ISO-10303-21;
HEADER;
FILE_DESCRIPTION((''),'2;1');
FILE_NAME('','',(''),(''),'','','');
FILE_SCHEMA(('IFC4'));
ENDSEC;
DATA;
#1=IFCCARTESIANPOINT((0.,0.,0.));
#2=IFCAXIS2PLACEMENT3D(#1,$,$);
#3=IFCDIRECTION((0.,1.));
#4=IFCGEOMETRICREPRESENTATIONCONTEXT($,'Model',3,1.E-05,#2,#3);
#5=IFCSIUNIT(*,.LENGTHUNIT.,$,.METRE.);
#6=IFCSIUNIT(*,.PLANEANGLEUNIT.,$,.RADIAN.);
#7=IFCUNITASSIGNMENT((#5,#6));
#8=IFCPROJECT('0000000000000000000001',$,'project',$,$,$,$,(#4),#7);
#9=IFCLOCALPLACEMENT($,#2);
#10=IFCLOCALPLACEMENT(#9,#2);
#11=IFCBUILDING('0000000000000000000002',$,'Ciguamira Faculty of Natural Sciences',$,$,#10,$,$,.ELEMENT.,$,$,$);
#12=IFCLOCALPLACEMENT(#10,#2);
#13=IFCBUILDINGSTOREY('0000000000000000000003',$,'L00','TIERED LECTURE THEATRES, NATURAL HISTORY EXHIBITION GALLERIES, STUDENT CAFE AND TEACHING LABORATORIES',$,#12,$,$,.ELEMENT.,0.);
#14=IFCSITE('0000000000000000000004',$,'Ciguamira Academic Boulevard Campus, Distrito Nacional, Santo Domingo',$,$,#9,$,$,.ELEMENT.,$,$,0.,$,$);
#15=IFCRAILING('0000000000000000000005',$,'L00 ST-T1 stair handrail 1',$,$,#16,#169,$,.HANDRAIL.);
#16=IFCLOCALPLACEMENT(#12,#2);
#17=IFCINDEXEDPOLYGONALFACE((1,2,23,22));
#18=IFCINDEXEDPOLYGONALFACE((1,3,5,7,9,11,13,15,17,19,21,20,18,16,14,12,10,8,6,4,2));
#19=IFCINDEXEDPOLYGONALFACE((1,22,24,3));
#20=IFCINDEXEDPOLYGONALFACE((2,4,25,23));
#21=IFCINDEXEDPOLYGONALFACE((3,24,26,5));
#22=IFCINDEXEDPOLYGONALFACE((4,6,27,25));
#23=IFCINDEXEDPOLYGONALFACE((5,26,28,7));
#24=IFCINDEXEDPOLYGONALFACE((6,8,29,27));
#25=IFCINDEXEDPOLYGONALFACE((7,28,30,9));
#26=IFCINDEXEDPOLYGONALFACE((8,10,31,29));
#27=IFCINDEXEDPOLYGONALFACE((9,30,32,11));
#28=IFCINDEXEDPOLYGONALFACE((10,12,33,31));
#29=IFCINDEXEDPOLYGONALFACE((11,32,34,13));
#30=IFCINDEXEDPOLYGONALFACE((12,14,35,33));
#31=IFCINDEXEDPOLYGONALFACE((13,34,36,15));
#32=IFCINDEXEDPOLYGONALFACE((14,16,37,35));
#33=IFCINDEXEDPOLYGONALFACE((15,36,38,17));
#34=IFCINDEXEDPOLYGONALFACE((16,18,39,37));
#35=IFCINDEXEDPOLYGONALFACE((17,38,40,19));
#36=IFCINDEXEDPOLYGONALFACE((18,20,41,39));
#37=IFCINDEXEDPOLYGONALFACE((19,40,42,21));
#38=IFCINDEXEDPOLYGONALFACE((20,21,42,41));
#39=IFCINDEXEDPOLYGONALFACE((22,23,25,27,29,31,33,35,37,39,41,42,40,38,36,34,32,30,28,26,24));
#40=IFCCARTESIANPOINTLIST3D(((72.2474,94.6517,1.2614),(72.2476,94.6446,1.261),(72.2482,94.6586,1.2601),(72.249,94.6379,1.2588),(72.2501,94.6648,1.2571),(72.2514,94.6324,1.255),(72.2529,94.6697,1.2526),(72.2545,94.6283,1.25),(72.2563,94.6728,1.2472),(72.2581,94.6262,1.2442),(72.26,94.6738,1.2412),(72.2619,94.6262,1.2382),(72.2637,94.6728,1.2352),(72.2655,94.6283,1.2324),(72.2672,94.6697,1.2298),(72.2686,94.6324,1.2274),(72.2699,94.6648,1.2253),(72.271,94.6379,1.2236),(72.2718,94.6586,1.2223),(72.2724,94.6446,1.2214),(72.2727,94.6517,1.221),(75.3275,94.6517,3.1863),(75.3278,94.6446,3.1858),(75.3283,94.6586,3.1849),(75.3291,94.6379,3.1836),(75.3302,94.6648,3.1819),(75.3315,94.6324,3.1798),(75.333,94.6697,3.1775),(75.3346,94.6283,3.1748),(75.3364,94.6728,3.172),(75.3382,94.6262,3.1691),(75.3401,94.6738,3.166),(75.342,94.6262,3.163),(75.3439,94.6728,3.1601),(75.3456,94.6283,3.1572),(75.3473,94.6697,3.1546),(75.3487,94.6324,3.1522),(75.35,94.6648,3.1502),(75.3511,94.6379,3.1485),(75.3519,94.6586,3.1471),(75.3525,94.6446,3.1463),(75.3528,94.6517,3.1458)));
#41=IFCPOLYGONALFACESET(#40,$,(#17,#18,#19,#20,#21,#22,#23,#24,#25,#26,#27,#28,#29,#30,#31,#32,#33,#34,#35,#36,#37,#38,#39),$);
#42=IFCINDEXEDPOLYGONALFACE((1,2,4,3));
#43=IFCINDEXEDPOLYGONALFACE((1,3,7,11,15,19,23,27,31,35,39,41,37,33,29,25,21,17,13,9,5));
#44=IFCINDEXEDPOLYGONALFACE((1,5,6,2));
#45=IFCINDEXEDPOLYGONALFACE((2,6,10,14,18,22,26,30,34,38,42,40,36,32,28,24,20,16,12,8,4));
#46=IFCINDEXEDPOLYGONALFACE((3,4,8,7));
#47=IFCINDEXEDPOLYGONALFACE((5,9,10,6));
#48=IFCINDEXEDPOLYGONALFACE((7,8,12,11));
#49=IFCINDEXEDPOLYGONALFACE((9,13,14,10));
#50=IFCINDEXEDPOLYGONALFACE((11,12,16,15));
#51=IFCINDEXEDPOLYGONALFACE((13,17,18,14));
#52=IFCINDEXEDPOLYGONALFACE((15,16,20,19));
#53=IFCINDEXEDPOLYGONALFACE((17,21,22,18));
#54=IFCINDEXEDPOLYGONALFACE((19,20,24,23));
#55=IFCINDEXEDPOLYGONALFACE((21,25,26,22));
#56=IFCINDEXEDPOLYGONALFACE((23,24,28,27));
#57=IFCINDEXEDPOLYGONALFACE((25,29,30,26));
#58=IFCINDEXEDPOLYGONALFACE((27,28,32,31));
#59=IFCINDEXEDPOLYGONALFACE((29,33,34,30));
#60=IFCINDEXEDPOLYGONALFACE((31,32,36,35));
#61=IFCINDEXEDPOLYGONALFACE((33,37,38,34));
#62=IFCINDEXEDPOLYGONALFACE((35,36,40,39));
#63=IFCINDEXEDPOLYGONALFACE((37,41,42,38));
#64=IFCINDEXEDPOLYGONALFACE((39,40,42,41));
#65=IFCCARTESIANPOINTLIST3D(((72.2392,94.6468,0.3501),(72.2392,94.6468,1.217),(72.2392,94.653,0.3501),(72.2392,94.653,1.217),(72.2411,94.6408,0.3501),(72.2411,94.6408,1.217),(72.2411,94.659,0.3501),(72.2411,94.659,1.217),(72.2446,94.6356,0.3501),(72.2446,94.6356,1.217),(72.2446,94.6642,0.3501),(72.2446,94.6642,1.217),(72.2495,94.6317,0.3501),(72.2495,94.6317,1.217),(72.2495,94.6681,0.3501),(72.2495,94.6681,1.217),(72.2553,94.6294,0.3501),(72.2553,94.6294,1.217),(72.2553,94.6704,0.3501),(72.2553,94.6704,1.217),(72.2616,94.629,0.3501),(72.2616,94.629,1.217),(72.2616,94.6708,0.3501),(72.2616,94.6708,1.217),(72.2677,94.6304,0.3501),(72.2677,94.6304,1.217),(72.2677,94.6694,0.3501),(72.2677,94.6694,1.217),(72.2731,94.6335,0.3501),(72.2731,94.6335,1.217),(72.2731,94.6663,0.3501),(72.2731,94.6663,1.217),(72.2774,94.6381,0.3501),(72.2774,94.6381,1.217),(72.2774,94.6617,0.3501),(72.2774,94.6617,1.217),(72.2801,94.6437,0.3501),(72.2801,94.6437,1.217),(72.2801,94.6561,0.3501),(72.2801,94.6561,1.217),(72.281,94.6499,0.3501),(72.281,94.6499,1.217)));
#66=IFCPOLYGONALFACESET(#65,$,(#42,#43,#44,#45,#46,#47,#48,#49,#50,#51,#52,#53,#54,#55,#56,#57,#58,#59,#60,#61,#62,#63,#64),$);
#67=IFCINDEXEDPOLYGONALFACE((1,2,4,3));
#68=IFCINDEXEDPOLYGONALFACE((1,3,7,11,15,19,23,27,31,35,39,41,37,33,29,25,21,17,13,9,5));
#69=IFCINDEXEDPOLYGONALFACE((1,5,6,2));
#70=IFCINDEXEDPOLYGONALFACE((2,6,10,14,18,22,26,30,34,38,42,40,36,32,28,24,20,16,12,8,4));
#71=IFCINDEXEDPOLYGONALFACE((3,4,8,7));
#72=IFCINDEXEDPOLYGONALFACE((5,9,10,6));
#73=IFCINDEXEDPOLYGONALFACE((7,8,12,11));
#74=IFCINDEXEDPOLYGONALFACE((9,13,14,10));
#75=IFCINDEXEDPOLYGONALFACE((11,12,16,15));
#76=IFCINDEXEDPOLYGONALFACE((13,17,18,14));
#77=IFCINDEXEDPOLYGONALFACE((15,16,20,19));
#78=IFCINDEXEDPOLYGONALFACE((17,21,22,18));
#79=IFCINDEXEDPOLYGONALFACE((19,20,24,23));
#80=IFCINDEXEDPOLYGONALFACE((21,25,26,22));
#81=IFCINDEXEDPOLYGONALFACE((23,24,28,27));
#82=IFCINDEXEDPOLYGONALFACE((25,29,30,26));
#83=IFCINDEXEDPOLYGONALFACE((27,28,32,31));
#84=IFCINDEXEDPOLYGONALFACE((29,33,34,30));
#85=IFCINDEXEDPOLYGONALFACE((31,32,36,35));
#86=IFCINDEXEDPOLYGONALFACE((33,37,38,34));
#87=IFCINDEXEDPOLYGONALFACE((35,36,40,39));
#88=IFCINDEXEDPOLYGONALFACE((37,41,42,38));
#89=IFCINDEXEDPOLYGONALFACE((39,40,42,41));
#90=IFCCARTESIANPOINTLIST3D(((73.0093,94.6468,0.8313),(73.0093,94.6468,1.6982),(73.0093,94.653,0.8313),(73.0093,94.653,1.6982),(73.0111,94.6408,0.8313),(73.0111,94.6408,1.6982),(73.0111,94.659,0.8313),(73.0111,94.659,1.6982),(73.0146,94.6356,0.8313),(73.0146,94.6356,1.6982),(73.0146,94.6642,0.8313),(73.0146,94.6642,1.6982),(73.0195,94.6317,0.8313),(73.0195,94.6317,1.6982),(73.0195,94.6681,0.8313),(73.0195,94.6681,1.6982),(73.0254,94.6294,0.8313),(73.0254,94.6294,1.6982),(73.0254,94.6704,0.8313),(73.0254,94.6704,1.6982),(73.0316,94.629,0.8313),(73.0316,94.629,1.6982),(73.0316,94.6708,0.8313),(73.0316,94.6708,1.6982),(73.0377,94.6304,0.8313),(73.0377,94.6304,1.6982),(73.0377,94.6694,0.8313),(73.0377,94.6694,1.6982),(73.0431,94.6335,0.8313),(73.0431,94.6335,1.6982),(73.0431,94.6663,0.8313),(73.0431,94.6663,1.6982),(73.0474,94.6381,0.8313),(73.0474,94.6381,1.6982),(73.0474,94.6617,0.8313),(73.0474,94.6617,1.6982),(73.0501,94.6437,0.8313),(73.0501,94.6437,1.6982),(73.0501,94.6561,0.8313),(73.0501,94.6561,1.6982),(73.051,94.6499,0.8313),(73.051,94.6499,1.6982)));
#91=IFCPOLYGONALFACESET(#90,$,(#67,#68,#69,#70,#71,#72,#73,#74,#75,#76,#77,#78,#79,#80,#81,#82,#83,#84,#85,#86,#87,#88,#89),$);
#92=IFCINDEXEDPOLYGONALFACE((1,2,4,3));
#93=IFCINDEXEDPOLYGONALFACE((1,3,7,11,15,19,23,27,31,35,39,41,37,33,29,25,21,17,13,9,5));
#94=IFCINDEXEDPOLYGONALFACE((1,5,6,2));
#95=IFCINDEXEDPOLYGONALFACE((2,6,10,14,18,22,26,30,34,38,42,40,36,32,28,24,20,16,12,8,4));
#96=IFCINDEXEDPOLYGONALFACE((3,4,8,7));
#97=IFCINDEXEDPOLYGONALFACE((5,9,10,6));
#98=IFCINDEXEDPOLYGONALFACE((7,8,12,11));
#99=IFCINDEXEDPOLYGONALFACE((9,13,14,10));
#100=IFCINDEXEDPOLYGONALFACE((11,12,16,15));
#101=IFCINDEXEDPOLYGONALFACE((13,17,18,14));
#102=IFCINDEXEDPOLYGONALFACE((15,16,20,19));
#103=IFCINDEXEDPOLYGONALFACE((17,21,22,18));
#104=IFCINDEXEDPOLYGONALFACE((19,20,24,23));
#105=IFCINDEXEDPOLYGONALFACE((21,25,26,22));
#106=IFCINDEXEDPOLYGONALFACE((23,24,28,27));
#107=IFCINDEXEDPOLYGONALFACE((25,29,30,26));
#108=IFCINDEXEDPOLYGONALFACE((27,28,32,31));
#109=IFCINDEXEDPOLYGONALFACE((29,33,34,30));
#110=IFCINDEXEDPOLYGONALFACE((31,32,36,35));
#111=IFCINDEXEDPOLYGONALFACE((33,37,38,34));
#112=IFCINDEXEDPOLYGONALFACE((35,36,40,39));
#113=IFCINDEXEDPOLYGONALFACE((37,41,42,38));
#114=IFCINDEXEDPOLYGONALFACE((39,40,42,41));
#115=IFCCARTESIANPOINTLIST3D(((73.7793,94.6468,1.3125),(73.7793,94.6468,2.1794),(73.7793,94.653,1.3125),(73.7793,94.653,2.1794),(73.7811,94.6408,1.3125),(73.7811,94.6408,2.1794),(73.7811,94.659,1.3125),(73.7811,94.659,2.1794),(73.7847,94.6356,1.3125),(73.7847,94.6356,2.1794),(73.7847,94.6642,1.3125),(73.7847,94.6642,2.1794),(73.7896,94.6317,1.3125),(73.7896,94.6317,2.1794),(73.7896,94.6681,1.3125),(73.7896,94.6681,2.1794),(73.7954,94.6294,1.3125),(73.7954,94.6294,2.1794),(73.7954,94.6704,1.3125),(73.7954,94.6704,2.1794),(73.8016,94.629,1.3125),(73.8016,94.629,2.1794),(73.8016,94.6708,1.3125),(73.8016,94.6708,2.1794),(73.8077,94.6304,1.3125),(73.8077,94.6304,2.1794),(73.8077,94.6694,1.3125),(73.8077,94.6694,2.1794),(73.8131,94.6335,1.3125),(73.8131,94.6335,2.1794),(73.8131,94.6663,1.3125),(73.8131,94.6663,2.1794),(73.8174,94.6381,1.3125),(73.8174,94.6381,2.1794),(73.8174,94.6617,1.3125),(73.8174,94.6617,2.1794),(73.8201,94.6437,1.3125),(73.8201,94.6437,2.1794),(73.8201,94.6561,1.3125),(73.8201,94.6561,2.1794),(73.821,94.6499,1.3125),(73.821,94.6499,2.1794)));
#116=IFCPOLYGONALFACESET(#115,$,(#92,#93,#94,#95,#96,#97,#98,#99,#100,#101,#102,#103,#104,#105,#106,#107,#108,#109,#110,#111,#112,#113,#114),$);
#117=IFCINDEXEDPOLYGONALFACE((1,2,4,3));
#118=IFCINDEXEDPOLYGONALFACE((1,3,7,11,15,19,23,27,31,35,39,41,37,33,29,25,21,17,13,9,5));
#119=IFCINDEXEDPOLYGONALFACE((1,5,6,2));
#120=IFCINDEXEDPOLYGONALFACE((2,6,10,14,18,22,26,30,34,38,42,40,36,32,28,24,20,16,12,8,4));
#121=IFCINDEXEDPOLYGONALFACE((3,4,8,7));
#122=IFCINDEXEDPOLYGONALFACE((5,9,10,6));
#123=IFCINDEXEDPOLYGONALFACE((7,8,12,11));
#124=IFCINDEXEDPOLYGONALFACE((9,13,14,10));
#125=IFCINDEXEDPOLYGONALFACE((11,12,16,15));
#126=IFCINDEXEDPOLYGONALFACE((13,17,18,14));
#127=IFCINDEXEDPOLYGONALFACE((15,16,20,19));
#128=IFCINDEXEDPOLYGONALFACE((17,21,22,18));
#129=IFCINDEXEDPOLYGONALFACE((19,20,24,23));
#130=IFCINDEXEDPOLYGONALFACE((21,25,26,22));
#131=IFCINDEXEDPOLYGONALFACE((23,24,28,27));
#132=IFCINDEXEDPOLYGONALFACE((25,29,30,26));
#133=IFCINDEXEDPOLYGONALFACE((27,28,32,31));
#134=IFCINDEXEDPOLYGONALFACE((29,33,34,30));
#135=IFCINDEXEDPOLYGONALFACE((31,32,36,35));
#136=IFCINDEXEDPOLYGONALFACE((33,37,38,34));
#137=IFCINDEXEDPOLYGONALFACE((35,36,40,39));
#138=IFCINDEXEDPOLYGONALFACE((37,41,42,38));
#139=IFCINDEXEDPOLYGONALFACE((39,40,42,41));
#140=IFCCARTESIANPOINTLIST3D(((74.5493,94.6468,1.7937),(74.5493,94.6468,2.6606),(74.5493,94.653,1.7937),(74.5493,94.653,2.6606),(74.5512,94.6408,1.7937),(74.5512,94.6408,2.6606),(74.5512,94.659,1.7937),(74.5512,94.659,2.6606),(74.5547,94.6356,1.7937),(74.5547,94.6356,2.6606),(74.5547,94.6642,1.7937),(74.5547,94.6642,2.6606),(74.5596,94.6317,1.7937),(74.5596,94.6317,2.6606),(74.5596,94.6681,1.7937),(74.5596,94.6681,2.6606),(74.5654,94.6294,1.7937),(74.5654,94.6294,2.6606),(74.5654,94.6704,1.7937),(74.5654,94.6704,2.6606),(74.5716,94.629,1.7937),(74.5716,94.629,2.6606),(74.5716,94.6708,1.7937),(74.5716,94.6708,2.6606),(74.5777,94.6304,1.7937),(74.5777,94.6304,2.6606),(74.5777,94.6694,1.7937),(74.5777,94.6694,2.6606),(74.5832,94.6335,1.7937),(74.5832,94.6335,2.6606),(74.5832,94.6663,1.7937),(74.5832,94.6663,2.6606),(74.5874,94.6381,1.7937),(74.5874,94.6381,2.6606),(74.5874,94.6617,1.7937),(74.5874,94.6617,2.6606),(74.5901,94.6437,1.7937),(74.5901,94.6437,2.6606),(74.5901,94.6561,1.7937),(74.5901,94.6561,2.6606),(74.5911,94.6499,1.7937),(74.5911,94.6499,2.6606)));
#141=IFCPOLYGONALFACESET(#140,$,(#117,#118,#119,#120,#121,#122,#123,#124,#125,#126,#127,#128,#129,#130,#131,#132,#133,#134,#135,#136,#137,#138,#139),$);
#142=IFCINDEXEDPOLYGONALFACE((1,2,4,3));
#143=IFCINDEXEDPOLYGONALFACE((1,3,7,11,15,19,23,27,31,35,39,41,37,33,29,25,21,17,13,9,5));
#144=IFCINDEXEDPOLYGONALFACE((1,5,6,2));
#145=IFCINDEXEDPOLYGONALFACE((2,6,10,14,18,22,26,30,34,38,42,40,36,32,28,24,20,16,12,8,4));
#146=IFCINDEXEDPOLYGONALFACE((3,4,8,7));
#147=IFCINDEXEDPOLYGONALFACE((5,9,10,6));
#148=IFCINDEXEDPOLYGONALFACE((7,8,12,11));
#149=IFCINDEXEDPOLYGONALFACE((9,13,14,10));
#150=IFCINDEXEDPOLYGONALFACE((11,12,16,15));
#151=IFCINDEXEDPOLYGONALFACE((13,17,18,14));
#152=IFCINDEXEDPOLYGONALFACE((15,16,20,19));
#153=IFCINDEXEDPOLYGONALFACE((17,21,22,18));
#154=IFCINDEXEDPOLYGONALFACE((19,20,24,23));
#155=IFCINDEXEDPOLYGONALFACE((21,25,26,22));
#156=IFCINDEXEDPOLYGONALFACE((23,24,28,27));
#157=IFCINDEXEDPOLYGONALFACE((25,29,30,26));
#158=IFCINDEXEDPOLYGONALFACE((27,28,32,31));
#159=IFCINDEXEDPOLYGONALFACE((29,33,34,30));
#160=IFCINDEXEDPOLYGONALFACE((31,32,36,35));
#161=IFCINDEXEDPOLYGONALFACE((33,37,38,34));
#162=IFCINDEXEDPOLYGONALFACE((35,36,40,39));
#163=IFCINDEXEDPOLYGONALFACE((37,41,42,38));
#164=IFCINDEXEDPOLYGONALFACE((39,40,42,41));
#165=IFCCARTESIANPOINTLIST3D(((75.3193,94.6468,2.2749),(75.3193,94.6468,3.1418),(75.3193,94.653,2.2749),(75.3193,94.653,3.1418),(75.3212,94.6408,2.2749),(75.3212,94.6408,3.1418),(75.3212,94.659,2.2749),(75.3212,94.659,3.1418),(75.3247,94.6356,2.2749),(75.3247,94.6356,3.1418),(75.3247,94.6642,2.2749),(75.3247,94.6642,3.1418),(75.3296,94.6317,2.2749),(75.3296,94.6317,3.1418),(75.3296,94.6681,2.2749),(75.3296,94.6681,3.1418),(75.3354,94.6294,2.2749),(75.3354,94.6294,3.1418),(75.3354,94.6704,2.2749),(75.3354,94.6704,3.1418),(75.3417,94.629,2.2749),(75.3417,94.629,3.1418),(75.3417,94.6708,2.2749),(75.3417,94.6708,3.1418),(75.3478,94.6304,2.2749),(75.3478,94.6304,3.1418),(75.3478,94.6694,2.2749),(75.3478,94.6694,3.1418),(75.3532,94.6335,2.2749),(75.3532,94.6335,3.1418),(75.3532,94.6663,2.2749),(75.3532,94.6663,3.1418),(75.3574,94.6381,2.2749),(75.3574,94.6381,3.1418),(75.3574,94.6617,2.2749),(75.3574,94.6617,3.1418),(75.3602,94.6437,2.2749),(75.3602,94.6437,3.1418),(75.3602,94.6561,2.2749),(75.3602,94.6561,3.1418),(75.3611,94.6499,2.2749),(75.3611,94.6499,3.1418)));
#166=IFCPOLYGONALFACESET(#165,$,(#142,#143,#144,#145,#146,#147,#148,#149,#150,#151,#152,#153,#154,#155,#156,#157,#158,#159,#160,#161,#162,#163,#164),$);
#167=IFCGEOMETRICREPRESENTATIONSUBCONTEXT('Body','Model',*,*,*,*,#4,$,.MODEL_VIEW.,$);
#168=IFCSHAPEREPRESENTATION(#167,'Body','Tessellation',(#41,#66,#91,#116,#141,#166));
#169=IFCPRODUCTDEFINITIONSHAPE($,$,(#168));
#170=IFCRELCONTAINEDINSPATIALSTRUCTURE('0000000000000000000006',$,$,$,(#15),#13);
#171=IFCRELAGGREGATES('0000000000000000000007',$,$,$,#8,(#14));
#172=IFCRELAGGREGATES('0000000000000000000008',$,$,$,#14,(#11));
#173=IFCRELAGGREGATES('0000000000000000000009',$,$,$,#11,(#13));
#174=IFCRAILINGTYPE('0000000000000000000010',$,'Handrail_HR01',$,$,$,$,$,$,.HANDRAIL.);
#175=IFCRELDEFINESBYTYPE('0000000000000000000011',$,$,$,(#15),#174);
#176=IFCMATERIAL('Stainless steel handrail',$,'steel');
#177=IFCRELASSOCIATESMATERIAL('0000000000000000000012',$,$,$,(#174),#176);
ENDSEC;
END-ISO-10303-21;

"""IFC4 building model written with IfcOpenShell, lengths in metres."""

from ifc_helpers import new_model, si_unit, direction, frame, origin, origin_2d, place, context, subcontext, project, spatial, circle, extrude, material, type_object, element, save


model = new_model("IFC4")

# Units and contexts
model_context = context("Model", 3, precision=1e-05, world=origin(), true_north=direction((0.0, 1.0)))
body_context = subcontext(model_context, "Body", "Model", "MODEL_VIEW")
ifc_project = project(units=[si_unit("LENGTHUNIT", "METRE"), si_unit("PLANEANGLEUNIT", "RADIAN")], contexts=[model_context])

# Site, building, storey
site_placement = place(None, origin())
site = spatial("IfcSite", under=ifc_project, at=site_placement, Name="Ciguamira Academic Boulevard Campus, Distrito Nacional, Santo Domingo", CompositionType="ELEMENT", RefElevation=0.0)
building_placement = place(site_placement, origin())
building = spatial("IfcBuilding", under=site, at=building_placement, Name="Ciguamira Faculty of Natural Sciences", CompositionType="ELEMENT")
storey_placement = place(building_placement, origin())
storey = spatial("IfcBuildingStorey", under=building, at=storey_placement, Name="L00", Description="TIERED LECTURE THEATRES, NATURAL HISTORY EXHIBITION GALLERIES, STUDENT CAFE AND TEACHING LABORATORIES", CompositionType="ELEMENT", Elevation=0.0)

# Railing
ifc_material_1 = material(Name="Stainless steel handrail", Category="steel")
railing_type_1 = type_object("IfcRailingType", Name="Handrail_HR01", PredefinedType="HANDRAIL", material=ifc_material_1)
railing_1_placement = place(storey_placement, frame((72.26, 94.6499, 0.3501)))
element("IfcRailing", 1, at=railing_1_placement, inside=storey, type_object=railing_type_1, Name="L00 ST-T1 stair handrail 1", PredefinedType="HANDRAIL", context=body_context, shape_type="SweptSolid", body=[
    extrude(circle(Radius=0.0239, at=origin_2d()), frame((0.0, 0.0, 0.8911), z_axis=(0.848029, 0.0, 0.529951), x_axis=(0.0, 1.0, 0.0)), (0.0, 0.0, 1.0), 3.6321),
    extrude(circle(Radius=0.021, at=origin_2d()), origin(), (0.0, 0.0, 1.0), 0.8669),
    extrude(circle(Radius=0.021, at=origin_2d()), frame((0.77, 0.0, 0.4812)), (0.0, 0.0, 1.0), 0.8669),
    extrude(circle(Radius=0.021, at=origin_2d()), frame((1.54, 0.0, 0.9624)), (0.0, 0.0, 1.0), 0.8669),
    extrude(circle(Radius=0.021, at=origin_2d()), frame((2.3101, 0.0, 1.4436)), (0.0, 0.0, 1.0), 0.8669),
    extrude(circle(Radius=0.021, at=origin_2d()), frame((3.0801, 0.0, 1.9248)), (0.0, 0.0, 1.0), 0.8669),
])

save(model, "model.ifc")
